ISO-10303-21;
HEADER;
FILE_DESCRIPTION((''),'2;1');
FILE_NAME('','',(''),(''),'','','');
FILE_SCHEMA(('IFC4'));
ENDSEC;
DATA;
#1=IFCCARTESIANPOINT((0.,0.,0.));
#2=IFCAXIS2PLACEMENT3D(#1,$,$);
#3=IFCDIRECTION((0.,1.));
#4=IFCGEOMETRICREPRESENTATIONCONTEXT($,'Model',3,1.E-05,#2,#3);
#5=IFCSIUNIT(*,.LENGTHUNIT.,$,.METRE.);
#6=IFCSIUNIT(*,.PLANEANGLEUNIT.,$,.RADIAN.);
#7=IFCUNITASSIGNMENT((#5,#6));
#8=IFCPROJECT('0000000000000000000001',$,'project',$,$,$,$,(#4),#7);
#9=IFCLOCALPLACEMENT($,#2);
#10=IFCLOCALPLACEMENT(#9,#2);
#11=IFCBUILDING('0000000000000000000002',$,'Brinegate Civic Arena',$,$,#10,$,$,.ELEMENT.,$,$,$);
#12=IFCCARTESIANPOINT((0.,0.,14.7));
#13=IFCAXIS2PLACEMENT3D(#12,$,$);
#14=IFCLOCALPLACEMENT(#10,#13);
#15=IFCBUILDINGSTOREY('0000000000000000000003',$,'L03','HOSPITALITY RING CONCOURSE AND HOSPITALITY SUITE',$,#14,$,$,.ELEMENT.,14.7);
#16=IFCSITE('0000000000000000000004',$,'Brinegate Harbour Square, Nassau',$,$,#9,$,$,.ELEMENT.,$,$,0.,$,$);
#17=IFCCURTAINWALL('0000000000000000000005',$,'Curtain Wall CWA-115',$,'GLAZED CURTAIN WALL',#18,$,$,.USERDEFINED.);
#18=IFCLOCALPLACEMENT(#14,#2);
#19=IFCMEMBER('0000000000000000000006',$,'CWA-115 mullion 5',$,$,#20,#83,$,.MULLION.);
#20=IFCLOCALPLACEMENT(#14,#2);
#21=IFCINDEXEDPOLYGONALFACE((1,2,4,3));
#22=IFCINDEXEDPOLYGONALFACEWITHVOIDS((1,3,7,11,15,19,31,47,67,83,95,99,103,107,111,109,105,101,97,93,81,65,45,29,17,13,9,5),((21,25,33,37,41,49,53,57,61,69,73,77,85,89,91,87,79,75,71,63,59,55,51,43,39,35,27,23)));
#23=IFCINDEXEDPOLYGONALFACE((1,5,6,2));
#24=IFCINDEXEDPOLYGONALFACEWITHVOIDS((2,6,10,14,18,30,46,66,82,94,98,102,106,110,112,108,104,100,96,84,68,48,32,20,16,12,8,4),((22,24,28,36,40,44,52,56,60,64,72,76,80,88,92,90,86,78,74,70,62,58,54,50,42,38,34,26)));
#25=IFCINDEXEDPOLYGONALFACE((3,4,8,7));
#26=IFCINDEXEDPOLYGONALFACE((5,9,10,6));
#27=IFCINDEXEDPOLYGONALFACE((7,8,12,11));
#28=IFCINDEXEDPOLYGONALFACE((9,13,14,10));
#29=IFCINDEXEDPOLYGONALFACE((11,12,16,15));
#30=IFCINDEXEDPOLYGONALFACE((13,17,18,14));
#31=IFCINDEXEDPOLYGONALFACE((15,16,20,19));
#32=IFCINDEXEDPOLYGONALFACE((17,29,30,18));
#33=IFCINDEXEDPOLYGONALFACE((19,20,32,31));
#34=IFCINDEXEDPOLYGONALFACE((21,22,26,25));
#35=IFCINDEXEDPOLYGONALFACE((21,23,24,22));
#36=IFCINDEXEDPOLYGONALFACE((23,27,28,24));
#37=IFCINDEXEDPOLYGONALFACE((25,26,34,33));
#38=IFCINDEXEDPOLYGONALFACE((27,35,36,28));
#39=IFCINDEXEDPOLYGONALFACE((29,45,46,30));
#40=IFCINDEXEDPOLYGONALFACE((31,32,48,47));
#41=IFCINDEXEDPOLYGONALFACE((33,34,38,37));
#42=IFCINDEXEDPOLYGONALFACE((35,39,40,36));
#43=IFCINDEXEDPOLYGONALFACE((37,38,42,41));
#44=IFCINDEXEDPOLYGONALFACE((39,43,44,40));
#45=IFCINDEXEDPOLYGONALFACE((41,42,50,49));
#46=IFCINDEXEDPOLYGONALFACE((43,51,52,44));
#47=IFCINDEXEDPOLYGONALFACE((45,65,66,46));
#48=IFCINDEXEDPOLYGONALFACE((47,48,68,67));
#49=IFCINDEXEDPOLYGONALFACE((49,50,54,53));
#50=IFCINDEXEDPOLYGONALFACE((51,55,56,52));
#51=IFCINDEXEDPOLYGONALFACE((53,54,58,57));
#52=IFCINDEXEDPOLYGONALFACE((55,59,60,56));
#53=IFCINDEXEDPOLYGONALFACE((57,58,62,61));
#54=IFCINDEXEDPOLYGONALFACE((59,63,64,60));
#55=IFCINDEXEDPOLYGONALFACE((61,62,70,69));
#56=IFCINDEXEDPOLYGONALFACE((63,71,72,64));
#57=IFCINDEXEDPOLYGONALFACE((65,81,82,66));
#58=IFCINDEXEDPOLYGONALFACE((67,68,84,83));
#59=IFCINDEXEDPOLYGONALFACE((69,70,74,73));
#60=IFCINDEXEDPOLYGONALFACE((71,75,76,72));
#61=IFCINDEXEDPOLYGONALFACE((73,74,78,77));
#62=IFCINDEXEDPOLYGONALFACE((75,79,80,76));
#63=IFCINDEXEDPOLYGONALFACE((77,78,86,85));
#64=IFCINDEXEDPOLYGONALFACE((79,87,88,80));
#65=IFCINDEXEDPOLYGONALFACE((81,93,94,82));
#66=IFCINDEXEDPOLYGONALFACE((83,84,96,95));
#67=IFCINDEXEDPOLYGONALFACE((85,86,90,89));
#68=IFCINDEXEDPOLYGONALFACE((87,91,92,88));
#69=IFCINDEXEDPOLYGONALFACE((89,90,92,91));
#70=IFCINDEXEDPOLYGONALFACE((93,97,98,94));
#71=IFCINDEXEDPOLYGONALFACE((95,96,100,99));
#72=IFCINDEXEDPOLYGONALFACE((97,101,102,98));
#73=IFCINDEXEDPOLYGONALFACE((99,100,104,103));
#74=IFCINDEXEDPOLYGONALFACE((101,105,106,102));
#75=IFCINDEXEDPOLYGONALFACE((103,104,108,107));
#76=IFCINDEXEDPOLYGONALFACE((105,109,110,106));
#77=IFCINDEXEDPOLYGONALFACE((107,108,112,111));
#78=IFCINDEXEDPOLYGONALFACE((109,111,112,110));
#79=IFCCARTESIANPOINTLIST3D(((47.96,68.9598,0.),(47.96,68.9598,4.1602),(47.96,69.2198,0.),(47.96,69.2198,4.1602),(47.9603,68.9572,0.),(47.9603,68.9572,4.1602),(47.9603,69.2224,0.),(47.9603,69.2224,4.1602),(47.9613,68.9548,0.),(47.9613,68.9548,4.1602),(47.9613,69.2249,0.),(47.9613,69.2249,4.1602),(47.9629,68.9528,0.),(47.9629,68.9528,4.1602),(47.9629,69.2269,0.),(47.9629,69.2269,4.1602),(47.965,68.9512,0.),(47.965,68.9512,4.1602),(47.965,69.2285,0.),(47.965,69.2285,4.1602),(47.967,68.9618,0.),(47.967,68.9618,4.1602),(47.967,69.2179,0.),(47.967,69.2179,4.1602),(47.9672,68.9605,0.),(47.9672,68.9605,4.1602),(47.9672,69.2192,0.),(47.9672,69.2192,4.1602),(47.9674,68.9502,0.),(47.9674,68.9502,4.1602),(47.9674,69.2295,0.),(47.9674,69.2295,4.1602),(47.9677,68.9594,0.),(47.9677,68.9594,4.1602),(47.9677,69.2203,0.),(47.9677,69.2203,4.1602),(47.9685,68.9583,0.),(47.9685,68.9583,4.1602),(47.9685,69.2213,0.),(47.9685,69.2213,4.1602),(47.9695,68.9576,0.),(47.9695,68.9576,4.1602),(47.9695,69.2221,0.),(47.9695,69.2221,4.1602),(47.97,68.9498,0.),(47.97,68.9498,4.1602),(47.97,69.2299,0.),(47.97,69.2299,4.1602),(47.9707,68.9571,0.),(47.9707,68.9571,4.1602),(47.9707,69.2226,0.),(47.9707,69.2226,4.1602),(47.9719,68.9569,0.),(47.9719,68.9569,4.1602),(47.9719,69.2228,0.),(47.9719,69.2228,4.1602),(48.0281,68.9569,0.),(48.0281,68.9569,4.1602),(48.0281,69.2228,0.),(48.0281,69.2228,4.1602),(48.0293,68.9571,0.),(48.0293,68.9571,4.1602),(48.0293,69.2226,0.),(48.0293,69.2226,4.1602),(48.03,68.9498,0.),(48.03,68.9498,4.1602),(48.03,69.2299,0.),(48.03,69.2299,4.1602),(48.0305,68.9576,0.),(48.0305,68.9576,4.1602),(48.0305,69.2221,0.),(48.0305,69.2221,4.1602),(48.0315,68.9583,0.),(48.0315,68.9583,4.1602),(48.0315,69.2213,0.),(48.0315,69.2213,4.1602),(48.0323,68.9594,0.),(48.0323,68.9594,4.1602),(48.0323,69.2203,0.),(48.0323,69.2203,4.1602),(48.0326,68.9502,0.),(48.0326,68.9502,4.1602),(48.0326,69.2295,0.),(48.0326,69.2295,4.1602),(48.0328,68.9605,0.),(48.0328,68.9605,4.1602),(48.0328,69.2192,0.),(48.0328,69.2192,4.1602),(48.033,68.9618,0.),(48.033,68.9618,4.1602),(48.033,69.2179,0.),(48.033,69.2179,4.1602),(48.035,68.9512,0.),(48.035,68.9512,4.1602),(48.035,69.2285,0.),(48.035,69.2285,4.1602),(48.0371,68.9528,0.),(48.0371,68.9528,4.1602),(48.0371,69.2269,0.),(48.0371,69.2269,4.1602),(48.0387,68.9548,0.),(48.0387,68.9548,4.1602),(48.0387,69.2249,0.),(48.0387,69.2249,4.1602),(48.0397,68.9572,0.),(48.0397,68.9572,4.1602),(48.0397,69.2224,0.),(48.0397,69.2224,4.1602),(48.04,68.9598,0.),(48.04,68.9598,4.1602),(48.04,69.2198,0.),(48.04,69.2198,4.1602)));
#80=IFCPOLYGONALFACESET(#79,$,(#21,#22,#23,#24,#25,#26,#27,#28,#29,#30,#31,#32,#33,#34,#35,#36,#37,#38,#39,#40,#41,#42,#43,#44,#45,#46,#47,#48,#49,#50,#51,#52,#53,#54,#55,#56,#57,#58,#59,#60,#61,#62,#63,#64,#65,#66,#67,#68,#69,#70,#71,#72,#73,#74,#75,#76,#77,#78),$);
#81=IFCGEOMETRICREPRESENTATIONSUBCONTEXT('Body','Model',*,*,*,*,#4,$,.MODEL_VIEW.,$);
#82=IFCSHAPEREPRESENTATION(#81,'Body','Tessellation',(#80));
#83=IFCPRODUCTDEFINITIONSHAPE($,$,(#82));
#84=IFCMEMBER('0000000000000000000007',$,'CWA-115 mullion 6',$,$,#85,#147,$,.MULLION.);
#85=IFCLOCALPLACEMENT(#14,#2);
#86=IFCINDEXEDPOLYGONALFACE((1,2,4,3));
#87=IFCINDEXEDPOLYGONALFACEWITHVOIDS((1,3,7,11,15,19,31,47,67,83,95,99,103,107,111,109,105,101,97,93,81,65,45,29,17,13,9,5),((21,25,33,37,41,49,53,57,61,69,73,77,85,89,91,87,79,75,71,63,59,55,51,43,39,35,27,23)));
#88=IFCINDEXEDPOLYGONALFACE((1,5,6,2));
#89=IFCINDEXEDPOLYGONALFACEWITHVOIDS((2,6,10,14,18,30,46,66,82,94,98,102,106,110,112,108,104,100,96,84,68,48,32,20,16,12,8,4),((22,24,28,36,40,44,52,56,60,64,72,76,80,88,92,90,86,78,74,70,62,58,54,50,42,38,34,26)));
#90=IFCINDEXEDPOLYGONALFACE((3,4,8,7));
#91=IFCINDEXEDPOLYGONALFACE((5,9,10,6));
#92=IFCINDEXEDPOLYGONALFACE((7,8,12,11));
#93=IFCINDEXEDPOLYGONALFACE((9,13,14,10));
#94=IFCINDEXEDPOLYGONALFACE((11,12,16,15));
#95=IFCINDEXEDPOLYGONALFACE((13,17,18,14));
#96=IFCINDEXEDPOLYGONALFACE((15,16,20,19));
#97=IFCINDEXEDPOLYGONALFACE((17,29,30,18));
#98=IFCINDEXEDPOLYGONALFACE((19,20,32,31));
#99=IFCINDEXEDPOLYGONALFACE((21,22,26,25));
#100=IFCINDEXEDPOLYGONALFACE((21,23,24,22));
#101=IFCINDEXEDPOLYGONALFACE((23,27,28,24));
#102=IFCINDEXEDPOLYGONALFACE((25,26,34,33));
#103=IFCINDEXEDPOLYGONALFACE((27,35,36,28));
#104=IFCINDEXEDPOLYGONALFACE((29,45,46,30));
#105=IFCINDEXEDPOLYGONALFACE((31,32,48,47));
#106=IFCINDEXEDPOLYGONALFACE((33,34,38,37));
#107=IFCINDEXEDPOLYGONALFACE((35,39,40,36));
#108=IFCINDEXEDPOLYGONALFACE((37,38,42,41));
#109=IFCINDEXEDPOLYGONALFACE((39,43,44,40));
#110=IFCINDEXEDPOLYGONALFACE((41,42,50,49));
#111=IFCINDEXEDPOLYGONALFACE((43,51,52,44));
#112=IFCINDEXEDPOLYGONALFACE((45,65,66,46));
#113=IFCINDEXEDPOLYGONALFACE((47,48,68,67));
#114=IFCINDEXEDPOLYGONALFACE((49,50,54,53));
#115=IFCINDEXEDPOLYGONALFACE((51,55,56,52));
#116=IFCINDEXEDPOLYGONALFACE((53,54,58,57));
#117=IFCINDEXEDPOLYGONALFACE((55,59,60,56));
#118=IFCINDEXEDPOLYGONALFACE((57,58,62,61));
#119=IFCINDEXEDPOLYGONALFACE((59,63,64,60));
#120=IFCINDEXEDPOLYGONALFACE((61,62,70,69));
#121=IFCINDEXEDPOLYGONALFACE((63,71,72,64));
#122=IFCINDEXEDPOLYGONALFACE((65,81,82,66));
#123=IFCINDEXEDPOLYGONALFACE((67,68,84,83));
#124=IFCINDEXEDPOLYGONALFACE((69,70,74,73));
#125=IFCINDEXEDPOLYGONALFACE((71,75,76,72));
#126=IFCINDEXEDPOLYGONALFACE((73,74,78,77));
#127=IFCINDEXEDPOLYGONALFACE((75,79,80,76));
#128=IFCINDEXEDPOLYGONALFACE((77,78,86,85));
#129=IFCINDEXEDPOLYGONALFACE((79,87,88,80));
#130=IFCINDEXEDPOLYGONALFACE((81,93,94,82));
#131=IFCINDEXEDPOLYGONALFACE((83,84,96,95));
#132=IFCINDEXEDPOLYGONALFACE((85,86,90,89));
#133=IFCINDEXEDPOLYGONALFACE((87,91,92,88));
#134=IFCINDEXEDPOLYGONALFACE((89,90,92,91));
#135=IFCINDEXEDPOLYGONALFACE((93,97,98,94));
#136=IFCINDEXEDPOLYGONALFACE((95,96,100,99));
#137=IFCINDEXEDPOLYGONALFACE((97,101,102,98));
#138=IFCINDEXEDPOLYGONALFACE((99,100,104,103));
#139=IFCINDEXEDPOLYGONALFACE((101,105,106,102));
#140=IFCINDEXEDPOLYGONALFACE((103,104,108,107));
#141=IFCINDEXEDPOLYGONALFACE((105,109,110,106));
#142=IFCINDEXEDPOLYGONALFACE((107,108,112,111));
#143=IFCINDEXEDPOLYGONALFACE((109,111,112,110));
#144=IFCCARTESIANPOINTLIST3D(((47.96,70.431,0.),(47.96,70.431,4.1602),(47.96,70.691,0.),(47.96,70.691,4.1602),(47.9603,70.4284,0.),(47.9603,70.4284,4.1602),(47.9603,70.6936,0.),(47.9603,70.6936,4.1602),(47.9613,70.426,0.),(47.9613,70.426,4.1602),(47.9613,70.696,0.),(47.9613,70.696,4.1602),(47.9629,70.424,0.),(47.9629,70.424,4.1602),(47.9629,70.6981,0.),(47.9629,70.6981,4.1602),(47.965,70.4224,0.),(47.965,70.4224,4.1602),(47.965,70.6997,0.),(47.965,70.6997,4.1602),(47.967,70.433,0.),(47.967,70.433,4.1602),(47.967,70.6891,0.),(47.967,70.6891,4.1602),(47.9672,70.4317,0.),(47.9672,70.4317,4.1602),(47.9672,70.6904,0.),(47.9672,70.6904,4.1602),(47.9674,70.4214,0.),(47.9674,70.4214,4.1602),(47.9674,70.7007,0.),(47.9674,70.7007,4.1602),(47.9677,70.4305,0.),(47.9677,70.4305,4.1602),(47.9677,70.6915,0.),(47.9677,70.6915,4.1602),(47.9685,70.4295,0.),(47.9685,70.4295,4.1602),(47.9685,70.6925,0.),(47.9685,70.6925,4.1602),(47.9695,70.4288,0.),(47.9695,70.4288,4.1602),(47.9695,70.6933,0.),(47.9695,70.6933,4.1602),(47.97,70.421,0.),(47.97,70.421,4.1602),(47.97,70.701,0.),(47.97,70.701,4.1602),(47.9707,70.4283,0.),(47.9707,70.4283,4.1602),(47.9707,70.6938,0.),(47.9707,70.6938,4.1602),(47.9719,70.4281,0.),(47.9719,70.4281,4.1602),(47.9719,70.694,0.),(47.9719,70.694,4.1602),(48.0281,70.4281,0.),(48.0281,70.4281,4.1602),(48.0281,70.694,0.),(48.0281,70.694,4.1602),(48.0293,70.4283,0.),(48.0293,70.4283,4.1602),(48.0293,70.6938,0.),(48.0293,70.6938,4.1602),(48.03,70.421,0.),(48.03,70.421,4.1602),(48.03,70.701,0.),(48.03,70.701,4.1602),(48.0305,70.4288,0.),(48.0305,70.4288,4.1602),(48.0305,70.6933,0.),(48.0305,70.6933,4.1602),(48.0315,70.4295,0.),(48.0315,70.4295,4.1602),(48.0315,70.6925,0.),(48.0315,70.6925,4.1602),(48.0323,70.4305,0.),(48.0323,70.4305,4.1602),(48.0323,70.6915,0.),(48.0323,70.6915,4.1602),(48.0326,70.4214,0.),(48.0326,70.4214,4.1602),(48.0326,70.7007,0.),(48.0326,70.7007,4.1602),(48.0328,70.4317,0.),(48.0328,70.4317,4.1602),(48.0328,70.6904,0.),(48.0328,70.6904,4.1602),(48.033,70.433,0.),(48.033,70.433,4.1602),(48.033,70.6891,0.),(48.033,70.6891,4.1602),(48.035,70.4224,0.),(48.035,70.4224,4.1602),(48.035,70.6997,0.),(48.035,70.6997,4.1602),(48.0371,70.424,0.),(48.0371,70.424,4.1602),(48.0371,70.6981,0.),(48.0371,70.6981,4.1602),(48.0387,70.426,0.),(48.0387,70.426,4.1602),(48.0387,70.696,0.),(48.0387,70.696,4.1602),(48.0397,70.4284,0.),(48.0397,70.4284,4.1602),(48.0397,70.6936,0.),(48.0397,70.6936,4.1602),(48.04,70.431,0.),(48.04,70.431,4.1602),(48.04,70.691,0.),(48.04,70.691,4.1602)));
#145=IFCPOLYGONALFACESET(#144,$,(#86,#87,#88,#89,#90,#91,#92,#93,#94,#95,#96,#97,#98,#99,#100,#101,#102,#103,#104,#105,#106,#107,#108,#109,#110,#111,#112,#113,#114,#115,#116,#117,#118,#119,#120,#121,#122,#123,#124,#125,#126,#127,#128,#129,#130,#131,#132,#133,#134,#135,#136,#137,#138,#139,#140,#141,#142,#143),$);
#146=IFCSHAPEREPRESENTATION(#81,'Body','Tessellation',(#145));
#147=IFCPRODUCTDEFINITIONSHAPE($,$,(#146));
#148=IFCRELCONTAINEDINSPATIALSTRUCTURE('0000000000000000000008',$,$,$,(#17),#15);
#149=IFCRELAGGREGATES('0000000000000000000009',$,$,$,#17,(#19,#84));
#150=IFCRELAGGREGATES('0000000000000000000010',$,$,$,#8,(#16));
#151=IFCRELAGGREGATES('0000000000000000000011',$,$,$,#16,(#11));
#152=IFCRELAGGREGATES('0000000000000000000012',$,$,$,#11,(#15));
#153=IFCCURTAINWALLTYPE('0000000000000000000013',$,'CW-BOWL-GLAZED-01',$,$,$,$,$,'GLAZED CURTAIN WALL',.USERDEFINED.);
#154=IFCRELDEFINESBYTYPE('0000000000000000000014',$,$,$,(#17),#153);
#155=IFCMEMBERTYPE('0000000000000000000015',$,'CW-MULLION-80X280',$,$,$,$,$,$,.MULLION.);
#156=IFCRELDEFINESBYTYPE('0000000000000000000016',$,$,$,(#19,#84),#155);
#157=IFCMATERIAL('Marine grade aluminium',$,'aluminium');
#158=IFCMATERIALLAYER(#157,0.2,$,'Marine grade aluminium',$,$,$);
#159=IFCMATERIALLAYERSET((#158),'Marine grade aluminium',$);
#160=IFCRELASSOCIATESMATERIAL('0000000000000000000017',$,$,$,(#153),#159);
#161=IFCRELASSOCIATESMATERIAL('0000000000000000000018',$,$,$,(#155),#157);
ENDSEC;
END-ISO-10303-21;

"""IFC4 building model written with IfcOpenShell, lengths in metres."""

from ifc_helpers import new_model, si_unit, direction, frame, origin, origin_2d, place, context, subcontext, project, spatial, hollow_rectangle, extrude, material, layer, layer_set, material_profile, profile_set, type_object, element, aggregate, save


model = new_model("IFC4")

# Units and contexts
model_context = context("Model", 3, precision=1e-05, world=origin(), true_north=direction((0.0, 1.0)))
body_context = subcontext(model_context, "Body", "Model", "MODEL_VIEW")
ifc_project = project(units=[si_unit("LENGTHUNIT", "METRE"), si_unit("PLANEANGLEUNIT", "RADIAN")], contexts=[model_context])

# Site, building, storey
site_placement = place(None, origin())
site = spatial("IfcSite", under=ifc_project, at=site_placement, Name="Brinegate Harbour Square, Nassau", CompositionType="ELEMENT", RefElevation=0.0)
building_placement = place(site_placement, origin())
building = spatial("IfcBuilding", under=site, at=building_placement, Name="Brinegate Civic Arena", CompositionType="ELEMENT")
storey_placement = place(building_placement, frame((0.0, 0.0, 14.7)))
storey = spatial("IfcBuildingStorey", under=building, at=storey_placement, Name="L03", Description="HOSPITALITY RING CONCOURSE AND HOSPITALITY SUITE", CompositionType="ELEMENT", Elevation=14.7)

# Curtain wall, members
ifc_material_1 = material(Name="Marine grade aluminium", Category="aluminium")
ifc_layer_1 = layer(ifc_material_1, 0.2, Name="Marine grade aluminium")
ifc_layer_set_1 = layer_set([ifc_layer_1], Name="Marine grade aluminium")
curtain_wall_type = type_object("IfcCurtainWallType", Name="CW-BOWL-GLAZED-01", ElementType="GLAZED CURTAIN WALL", PredefinedType="USERDEFINED", material=ifc_layer_set_1)
curtain_wall_1_placement = place(storey_placement, origin())
curtain_wall_1 = element("IfcCurtainWall", 1, at=curtain_wall_1_placement, inside=storey, type_object=curtain_wall_type, Name="Curtain Wall CWA-115", ObjectType="GLAZED CURTAIN WALL", PredefinedType="USERDEFINED")
ifc_material_profile_1 = material_profile(ifc_material_1, hollow_rectangle(XDim=0.0801, YDim=0.28, WallThickness=0.0071, InnerFilletRadius=0.0049, OuterFilletRadius=0.01, at=origin_2d()), Name="MUL80X280")
ifc_profile_set_1 = profile_set([ifc_material_profile_1], Name="Marine grade aluminium")
member_type_1 = type_object("IfcMemberType", Name="CW-MULLION-80X280", PredefinedType="MULLION", material=ifc_profile_set_1)
member_1_placement = place(storey_placement, frame((48.0, 69.0898, 0.0), z_axis=(0.0, 0.0, 1.0), x_axis=(-1.0, 0.0, 0.0)))
member_1 = element("IfcMember", 2, at=member_1_placement, type_object=member_type_1, Name="CWA-115 mullion 5", PredefinedType="MULLION", context=body_context, shape_type="SweptSolid", body=[
    extrude(hollow_rectangle(XDim=0.0801, YDim=0.28, WallThickness=0.0071, InnerFilletRadius=0.0049, OuterFilletRadius=0.01, at=origin_2d()), origin(), (0.0, 0.0, 1.0), 4.1602),
])
member_2_placement = place(storey_placement, frame((48.0, 70.561, 0.0), z_axis=(0.0, 0.0, 1.0), x_axis=(-1.0, 0.0, 0.0)))
member_2 = element("IfcMember", 3, at=member_2_placement, type_object=member_type_1, Name="CWA-115 mullion 6", PredefinedType="MULLION", context=body_context, shape_type="SweptSolid", body=[
    extrude(hollow_rectangle(XDim=0.0801, YDim=0.28, WallThickness=0.0071, InnerFilletRadius=0.0049, OuterFilletRadius=0.01, at=origin_2d()), origin(), (0.0, 0.0, 1.0), 4.1602),
])

aggregate(curtain_wall_1, [member_1, member_2])

save(model, "model.ifc")
